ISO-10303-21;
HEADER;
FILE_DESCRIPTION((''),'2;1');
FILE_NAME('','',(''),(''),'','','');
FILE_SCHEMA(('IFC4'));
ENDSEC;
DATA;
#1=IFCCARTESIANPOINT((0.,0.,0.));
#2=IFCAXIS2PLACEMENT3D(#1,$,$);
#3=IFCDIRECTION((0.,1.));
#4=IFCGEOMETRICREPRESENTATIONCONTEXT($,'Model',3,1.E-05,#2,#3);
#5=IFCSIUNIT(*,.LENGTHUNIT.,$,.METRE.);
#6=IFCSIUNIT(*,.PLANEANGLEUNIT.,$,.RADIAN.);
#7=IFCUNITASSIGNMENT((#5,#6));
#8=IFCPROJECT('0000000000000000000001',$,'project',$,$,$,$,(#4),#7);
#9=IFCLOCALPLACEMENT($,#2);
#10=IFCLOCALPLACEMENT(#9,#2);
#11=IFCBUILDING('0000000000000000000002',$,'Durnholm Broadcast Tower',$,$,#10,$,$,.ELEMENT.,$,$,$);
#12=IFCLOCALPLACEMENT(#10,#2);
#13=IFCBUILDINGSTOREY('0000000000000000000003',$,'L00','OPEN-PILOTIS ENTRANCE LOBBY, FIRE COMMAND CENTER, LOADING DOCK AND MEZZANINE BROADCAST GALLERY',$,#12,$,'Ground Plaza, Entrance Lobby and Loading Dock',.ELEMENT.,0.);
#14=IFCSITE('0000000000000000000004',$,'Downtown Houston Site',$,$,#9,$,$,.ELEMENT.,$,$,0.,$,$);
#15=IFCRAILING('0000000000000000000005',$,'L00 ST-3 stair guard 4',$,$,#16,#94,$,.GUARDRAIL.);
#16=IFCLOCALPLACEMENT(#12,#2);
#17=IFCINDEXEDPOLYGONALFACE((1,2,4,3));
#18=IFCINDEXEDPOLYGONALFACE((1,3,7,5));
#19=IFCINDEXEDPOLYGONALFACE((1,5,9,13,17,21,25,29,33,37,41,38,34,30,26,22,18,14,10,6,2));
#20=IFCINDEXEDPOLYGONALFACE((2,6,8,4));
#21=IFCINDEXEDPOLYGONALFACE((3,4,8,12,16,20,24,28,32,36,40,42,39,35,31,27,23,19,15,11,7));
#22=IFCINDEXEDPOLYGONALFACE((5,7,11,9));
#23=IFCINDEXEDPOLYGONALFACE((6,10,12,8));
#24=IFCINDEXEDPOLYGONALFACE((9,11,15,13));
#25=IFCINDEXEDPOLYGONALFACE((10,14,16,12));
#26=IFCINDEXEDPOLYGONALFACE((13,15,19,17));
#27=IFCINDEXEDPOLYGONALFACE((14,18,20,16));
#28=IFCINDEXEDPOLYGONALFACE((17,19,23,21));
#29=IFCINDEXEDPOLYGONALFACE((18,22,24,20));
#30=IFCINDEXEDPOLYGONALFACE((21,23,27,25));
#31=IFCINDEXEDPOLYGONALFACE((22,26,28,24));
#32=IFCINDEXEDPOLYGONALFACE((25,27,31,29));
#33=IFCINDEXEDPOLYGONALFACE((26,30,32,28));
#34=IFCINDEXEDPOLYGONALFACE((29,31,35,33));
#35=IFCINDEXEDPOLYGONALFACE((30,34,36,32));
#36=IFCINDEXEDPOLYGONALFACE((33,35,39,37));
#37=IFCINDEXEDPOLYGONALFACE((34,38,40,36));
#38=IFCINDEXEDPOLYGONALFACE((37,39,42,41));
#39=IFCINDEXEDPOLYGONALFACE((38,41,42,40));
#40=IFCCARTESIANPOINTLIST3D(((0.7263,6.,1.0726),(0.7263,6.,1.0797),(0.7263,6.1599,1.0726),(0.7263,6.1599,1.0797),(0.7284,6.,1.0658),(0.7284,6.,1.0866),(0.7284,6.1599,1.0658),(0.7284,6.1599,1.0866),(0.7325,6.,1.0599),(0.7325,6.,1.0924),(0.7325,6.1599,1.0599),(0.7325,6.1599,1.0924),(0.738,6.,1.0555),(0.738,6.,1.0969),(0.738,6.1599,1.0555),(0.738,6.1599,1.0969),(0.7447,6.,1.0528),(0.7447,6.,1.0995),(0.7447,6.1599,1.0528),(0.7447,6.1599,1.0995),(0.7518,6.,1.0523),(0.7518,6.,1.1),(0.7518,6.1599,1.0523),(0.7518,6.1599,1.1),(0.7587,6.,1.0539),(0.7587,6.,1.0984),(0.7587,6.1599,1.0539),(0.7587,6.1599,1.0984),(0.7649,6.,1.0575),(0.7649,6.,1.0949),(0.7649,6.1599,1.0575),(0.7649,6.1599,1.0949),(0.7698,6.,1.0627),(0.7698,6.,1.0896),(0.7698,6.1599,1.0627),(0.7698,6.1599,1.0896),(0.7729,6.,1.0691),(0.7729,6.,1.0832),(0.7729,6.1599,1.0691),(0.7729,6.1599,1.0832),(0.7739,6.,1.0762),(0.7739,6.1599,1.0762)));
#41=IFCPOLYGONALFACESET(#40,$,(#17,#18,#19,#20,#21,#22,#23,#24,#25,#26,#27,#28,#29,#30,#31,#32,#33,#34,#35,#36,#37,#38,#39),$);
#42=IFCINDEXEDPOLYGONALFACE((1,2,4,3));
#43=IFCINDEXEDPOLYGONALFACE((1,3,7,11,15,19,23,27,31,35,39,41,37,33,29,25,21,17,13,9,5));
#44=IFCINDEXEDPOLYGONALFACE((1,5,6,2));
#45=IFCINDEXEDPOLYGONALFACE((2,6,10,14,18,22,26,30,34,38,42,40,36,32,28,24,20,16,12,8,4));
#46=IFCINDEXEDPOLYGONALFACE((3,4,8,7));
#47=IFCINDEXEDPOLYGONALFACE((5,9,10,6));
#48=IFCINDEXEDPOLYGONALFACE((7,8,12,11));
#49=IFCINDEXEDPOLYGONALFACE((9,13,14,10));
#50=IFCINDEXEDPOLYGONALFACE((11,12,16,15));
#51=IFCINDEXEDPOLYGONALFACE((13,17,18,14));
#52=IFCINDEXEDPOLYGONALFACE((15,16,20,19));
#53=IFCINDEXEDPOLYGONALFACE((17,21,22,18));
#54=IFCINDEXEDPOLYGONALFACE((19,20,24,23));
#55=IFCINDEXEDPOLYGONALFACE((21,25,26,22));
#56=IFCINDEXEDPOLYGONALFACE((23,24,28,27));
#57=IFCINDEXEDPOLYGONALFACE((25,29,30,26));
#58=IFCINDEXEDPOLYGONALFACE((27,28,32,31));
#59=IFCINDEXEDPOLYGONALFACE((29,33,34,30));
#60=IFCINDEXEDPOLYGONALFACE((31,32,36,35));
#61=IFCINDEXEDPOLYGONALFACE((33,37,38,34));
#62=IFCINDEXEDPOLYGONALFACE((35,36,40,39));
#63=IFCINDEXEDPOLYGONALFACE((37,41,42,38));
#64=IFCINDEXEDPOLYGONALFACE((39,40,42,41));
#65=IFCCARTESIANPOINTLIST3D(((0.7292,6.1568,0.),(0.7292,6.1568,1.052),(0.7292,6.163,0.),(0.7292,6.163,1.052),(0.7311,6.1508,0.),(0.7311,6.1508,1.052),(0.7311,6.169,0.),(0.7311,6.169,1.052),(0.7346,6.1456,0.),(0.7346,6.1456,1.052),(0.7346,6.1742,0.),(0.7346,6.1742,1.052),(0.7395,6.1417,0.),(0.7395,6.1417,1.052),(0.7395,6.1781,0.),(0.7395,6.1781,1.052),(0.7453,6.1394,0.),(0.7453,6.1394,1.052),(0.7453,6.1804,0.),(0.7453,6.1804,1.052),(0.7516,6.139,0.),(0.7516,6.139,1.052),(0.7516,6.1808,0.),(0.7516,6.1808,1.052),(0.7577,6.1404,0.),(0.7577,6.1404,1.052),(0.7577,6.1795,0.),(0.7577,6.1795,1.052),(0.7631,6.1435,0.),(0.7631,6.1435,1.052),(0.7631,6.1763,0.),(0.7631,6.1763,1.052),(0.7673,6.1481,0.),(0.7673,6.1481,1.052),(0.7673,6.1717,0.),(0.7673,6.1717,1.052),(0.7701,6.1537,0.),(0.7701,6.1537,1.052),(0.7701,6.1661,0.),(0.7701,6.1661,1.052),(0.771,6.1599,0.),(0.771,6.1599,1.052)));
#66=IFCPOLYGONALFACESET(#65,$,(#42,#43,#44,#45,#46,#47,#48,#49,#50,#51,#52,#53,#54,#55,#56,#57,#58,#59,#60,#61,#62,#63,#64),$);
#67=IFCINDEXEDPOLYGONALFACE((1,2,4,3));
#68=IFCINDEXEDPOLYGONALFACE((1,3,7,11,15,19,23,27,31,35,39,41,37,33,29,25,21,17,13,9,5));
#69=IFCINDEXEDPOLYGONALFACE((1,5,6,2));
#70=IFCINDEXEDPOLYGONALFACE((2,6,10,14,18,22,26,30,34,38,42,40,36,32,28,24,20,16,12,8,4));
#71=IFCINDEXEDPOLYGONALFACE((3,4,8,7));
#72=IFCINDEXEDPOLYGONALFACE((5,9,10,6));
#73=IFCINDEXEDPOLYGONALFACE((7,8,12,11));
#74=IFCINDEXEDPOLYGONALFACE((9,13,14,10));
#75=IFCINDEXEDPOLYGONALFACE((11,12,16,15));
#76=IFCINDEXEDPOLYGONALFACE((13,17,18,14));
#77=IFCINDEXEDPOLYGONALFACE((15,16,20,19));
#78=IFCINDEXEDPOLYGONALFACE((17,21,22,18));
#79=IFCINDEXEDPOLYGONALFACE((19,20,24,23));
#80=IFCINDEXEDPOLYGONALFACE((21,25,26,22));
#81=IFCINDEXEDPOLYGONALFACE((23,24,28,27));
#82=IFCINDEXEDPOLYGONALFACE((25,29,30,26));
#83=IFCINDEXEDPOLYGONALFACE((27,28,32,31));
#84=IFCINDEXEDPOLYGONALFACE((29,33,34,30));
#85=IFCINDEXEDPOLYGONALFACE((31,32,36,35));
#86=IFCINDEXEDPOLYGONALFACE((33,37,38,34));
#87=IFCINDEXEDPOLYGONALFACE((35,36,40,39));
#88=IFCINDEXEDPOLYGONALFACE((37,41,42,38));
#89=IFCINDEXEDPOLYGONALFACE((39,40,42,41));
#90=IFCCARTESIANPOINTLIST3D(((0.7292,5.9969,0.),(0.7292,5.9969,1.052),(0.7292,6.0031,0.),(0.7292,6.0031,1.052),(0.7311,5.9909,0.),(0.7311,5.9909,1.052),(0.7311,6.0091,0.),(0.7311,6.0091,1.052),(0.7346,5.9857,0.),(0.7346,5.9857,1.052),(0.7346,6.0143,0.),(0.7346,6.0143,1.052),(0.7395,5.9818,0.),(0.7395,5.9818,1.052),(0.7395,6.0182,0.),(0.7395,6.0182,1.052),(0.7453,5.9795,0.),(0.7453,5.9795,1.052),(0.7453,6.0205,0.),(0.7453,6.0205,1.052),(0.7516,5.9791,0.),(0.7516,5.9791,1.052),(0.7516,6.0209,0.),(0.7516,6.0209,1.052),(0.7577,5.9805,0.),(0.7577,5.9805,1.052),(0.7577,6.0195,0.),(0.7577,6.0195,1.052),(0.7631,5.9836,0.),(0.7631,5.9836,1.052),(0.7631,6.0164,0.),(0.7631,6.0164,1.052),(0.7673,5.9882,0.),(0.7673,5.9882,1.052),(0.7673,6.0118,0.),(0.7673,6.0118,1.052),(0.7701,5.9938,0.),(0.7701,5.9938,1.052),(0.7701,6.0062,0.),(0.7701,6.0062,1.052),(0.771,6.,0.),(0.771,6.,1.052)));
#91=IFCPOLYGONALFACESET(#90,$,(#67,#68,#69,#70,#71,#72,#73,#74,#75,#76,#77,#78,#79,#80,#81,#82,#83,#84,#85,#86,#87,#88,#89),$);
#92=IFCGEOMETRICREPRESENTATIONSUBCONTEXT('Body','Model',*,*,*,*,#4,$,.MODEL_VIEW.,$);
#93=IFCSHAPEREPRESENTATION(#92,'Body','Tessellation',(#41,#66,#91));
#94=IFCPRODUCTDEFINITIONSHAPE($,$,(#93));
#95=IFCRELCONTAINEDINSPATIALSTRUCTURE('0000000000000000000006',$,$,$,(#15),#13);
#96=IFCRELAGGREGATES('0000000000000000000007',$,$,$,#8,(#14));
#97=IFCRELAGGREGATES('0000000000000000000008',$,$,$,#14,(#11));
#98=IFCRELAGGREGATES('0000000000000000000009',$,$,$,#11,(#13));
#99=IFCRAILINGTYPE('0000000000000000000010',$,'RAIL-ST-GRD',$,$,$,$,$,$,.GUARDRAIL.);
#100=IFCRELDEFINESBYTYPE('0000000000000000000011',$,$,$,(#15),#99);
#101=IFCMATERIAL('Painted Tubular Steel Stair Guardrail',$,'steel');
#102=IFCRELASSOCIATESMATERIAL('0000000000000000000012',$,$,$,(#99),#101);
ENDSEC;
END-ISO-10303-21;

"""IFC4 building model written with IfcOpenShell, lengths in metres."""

from ifc_helpers import new_model, si_unit, direction, frame, origin, origin_2d, place, context, subcontext, project, spatial, circle, extrude, material, type_object, element, save


model = new_model("IFC4")

# Units and contexts
model_context = context("Model", 3, precision=1e-05, world=origin(), true_north=direction((0.0, 1.0)))
body_context = subcontext(model_context, "Body", "Model", "MODEL_VIEW")
ifc_project = project(units=[si_unit("LENGTHUNIT", "METRE"), si_unit("PLANEANGLEUNIT", "RADIAN")], contexts=[model_context])

# Site, building, storey
site_placement = place(None, origin())
site = spatial("IfcSite", under=ifc_project, at=site_placement, Name="Downtown Houston Site", CompositionType="ELEMENT", RefElevation=0.0)
building_placement = place(site_placement, origin())
building = spatial("IfcBuilding", under=site, at=building_placement, Name="Durnholm Broadcast Tower", CompositionType="ELEMENT")
storey_placement = place(building_placement, origin())
storey = spatial("IfcBuildingStorey", under=building, at=storey_placement, Name="L00", Description="OPEN-PILOTIS ENTRANCE LOBBY, FIRE COMMAND CENTER, LOADING DOCK AND MEZZANINE BROADCAST GALLERY", LongName="Ground Plaza, Entrance Lobby and Loading Dock", CompositionType="ELEMENT", Elevation=0.0)

# Railing
ifc_material_1 = material(Name="Painted Tubular Steel Stair Guardrail", Category="steel")
railing_type_1 = type_object("IfcRailingType", Name="RAIL-ST-GRD", PredefinedType="GUARDRAIL", material=ifc_material_1)
railing_1_placement = place(storey_placement, frame((0.75, 6.1599, 0.0)))
element("IfcRailing", 1, at=railing_1_placement, inside=storey, type_object=railing_type_1, Name="L00 ST-3 stair guard 4", PredefinedType="GUARDRAIL", context=body_context, shape_type="SweptSolid", body=[
    extrude(circle(Radius=0.0239, at=origin_2d()), frame((0.0, 0.0, 1.0762), z_axis=(0.0, -1.0, 0.0), x_axis=(1.0, 0.0, 0.0)), (0.0, 0.0, 1.0), 0.1599),
    extrude(circle(Radius=0.021, at=origin_2d()), origin(), (0.0, 0.0, 1.0), 1.052),
    extrude(circle(Radius=0.021, at=origin_2d()), frame((0.0, -0.1599, 0.0)), (0.0, 0.0, 1.0), 1.052),
])

save(model, "model.ifc")
